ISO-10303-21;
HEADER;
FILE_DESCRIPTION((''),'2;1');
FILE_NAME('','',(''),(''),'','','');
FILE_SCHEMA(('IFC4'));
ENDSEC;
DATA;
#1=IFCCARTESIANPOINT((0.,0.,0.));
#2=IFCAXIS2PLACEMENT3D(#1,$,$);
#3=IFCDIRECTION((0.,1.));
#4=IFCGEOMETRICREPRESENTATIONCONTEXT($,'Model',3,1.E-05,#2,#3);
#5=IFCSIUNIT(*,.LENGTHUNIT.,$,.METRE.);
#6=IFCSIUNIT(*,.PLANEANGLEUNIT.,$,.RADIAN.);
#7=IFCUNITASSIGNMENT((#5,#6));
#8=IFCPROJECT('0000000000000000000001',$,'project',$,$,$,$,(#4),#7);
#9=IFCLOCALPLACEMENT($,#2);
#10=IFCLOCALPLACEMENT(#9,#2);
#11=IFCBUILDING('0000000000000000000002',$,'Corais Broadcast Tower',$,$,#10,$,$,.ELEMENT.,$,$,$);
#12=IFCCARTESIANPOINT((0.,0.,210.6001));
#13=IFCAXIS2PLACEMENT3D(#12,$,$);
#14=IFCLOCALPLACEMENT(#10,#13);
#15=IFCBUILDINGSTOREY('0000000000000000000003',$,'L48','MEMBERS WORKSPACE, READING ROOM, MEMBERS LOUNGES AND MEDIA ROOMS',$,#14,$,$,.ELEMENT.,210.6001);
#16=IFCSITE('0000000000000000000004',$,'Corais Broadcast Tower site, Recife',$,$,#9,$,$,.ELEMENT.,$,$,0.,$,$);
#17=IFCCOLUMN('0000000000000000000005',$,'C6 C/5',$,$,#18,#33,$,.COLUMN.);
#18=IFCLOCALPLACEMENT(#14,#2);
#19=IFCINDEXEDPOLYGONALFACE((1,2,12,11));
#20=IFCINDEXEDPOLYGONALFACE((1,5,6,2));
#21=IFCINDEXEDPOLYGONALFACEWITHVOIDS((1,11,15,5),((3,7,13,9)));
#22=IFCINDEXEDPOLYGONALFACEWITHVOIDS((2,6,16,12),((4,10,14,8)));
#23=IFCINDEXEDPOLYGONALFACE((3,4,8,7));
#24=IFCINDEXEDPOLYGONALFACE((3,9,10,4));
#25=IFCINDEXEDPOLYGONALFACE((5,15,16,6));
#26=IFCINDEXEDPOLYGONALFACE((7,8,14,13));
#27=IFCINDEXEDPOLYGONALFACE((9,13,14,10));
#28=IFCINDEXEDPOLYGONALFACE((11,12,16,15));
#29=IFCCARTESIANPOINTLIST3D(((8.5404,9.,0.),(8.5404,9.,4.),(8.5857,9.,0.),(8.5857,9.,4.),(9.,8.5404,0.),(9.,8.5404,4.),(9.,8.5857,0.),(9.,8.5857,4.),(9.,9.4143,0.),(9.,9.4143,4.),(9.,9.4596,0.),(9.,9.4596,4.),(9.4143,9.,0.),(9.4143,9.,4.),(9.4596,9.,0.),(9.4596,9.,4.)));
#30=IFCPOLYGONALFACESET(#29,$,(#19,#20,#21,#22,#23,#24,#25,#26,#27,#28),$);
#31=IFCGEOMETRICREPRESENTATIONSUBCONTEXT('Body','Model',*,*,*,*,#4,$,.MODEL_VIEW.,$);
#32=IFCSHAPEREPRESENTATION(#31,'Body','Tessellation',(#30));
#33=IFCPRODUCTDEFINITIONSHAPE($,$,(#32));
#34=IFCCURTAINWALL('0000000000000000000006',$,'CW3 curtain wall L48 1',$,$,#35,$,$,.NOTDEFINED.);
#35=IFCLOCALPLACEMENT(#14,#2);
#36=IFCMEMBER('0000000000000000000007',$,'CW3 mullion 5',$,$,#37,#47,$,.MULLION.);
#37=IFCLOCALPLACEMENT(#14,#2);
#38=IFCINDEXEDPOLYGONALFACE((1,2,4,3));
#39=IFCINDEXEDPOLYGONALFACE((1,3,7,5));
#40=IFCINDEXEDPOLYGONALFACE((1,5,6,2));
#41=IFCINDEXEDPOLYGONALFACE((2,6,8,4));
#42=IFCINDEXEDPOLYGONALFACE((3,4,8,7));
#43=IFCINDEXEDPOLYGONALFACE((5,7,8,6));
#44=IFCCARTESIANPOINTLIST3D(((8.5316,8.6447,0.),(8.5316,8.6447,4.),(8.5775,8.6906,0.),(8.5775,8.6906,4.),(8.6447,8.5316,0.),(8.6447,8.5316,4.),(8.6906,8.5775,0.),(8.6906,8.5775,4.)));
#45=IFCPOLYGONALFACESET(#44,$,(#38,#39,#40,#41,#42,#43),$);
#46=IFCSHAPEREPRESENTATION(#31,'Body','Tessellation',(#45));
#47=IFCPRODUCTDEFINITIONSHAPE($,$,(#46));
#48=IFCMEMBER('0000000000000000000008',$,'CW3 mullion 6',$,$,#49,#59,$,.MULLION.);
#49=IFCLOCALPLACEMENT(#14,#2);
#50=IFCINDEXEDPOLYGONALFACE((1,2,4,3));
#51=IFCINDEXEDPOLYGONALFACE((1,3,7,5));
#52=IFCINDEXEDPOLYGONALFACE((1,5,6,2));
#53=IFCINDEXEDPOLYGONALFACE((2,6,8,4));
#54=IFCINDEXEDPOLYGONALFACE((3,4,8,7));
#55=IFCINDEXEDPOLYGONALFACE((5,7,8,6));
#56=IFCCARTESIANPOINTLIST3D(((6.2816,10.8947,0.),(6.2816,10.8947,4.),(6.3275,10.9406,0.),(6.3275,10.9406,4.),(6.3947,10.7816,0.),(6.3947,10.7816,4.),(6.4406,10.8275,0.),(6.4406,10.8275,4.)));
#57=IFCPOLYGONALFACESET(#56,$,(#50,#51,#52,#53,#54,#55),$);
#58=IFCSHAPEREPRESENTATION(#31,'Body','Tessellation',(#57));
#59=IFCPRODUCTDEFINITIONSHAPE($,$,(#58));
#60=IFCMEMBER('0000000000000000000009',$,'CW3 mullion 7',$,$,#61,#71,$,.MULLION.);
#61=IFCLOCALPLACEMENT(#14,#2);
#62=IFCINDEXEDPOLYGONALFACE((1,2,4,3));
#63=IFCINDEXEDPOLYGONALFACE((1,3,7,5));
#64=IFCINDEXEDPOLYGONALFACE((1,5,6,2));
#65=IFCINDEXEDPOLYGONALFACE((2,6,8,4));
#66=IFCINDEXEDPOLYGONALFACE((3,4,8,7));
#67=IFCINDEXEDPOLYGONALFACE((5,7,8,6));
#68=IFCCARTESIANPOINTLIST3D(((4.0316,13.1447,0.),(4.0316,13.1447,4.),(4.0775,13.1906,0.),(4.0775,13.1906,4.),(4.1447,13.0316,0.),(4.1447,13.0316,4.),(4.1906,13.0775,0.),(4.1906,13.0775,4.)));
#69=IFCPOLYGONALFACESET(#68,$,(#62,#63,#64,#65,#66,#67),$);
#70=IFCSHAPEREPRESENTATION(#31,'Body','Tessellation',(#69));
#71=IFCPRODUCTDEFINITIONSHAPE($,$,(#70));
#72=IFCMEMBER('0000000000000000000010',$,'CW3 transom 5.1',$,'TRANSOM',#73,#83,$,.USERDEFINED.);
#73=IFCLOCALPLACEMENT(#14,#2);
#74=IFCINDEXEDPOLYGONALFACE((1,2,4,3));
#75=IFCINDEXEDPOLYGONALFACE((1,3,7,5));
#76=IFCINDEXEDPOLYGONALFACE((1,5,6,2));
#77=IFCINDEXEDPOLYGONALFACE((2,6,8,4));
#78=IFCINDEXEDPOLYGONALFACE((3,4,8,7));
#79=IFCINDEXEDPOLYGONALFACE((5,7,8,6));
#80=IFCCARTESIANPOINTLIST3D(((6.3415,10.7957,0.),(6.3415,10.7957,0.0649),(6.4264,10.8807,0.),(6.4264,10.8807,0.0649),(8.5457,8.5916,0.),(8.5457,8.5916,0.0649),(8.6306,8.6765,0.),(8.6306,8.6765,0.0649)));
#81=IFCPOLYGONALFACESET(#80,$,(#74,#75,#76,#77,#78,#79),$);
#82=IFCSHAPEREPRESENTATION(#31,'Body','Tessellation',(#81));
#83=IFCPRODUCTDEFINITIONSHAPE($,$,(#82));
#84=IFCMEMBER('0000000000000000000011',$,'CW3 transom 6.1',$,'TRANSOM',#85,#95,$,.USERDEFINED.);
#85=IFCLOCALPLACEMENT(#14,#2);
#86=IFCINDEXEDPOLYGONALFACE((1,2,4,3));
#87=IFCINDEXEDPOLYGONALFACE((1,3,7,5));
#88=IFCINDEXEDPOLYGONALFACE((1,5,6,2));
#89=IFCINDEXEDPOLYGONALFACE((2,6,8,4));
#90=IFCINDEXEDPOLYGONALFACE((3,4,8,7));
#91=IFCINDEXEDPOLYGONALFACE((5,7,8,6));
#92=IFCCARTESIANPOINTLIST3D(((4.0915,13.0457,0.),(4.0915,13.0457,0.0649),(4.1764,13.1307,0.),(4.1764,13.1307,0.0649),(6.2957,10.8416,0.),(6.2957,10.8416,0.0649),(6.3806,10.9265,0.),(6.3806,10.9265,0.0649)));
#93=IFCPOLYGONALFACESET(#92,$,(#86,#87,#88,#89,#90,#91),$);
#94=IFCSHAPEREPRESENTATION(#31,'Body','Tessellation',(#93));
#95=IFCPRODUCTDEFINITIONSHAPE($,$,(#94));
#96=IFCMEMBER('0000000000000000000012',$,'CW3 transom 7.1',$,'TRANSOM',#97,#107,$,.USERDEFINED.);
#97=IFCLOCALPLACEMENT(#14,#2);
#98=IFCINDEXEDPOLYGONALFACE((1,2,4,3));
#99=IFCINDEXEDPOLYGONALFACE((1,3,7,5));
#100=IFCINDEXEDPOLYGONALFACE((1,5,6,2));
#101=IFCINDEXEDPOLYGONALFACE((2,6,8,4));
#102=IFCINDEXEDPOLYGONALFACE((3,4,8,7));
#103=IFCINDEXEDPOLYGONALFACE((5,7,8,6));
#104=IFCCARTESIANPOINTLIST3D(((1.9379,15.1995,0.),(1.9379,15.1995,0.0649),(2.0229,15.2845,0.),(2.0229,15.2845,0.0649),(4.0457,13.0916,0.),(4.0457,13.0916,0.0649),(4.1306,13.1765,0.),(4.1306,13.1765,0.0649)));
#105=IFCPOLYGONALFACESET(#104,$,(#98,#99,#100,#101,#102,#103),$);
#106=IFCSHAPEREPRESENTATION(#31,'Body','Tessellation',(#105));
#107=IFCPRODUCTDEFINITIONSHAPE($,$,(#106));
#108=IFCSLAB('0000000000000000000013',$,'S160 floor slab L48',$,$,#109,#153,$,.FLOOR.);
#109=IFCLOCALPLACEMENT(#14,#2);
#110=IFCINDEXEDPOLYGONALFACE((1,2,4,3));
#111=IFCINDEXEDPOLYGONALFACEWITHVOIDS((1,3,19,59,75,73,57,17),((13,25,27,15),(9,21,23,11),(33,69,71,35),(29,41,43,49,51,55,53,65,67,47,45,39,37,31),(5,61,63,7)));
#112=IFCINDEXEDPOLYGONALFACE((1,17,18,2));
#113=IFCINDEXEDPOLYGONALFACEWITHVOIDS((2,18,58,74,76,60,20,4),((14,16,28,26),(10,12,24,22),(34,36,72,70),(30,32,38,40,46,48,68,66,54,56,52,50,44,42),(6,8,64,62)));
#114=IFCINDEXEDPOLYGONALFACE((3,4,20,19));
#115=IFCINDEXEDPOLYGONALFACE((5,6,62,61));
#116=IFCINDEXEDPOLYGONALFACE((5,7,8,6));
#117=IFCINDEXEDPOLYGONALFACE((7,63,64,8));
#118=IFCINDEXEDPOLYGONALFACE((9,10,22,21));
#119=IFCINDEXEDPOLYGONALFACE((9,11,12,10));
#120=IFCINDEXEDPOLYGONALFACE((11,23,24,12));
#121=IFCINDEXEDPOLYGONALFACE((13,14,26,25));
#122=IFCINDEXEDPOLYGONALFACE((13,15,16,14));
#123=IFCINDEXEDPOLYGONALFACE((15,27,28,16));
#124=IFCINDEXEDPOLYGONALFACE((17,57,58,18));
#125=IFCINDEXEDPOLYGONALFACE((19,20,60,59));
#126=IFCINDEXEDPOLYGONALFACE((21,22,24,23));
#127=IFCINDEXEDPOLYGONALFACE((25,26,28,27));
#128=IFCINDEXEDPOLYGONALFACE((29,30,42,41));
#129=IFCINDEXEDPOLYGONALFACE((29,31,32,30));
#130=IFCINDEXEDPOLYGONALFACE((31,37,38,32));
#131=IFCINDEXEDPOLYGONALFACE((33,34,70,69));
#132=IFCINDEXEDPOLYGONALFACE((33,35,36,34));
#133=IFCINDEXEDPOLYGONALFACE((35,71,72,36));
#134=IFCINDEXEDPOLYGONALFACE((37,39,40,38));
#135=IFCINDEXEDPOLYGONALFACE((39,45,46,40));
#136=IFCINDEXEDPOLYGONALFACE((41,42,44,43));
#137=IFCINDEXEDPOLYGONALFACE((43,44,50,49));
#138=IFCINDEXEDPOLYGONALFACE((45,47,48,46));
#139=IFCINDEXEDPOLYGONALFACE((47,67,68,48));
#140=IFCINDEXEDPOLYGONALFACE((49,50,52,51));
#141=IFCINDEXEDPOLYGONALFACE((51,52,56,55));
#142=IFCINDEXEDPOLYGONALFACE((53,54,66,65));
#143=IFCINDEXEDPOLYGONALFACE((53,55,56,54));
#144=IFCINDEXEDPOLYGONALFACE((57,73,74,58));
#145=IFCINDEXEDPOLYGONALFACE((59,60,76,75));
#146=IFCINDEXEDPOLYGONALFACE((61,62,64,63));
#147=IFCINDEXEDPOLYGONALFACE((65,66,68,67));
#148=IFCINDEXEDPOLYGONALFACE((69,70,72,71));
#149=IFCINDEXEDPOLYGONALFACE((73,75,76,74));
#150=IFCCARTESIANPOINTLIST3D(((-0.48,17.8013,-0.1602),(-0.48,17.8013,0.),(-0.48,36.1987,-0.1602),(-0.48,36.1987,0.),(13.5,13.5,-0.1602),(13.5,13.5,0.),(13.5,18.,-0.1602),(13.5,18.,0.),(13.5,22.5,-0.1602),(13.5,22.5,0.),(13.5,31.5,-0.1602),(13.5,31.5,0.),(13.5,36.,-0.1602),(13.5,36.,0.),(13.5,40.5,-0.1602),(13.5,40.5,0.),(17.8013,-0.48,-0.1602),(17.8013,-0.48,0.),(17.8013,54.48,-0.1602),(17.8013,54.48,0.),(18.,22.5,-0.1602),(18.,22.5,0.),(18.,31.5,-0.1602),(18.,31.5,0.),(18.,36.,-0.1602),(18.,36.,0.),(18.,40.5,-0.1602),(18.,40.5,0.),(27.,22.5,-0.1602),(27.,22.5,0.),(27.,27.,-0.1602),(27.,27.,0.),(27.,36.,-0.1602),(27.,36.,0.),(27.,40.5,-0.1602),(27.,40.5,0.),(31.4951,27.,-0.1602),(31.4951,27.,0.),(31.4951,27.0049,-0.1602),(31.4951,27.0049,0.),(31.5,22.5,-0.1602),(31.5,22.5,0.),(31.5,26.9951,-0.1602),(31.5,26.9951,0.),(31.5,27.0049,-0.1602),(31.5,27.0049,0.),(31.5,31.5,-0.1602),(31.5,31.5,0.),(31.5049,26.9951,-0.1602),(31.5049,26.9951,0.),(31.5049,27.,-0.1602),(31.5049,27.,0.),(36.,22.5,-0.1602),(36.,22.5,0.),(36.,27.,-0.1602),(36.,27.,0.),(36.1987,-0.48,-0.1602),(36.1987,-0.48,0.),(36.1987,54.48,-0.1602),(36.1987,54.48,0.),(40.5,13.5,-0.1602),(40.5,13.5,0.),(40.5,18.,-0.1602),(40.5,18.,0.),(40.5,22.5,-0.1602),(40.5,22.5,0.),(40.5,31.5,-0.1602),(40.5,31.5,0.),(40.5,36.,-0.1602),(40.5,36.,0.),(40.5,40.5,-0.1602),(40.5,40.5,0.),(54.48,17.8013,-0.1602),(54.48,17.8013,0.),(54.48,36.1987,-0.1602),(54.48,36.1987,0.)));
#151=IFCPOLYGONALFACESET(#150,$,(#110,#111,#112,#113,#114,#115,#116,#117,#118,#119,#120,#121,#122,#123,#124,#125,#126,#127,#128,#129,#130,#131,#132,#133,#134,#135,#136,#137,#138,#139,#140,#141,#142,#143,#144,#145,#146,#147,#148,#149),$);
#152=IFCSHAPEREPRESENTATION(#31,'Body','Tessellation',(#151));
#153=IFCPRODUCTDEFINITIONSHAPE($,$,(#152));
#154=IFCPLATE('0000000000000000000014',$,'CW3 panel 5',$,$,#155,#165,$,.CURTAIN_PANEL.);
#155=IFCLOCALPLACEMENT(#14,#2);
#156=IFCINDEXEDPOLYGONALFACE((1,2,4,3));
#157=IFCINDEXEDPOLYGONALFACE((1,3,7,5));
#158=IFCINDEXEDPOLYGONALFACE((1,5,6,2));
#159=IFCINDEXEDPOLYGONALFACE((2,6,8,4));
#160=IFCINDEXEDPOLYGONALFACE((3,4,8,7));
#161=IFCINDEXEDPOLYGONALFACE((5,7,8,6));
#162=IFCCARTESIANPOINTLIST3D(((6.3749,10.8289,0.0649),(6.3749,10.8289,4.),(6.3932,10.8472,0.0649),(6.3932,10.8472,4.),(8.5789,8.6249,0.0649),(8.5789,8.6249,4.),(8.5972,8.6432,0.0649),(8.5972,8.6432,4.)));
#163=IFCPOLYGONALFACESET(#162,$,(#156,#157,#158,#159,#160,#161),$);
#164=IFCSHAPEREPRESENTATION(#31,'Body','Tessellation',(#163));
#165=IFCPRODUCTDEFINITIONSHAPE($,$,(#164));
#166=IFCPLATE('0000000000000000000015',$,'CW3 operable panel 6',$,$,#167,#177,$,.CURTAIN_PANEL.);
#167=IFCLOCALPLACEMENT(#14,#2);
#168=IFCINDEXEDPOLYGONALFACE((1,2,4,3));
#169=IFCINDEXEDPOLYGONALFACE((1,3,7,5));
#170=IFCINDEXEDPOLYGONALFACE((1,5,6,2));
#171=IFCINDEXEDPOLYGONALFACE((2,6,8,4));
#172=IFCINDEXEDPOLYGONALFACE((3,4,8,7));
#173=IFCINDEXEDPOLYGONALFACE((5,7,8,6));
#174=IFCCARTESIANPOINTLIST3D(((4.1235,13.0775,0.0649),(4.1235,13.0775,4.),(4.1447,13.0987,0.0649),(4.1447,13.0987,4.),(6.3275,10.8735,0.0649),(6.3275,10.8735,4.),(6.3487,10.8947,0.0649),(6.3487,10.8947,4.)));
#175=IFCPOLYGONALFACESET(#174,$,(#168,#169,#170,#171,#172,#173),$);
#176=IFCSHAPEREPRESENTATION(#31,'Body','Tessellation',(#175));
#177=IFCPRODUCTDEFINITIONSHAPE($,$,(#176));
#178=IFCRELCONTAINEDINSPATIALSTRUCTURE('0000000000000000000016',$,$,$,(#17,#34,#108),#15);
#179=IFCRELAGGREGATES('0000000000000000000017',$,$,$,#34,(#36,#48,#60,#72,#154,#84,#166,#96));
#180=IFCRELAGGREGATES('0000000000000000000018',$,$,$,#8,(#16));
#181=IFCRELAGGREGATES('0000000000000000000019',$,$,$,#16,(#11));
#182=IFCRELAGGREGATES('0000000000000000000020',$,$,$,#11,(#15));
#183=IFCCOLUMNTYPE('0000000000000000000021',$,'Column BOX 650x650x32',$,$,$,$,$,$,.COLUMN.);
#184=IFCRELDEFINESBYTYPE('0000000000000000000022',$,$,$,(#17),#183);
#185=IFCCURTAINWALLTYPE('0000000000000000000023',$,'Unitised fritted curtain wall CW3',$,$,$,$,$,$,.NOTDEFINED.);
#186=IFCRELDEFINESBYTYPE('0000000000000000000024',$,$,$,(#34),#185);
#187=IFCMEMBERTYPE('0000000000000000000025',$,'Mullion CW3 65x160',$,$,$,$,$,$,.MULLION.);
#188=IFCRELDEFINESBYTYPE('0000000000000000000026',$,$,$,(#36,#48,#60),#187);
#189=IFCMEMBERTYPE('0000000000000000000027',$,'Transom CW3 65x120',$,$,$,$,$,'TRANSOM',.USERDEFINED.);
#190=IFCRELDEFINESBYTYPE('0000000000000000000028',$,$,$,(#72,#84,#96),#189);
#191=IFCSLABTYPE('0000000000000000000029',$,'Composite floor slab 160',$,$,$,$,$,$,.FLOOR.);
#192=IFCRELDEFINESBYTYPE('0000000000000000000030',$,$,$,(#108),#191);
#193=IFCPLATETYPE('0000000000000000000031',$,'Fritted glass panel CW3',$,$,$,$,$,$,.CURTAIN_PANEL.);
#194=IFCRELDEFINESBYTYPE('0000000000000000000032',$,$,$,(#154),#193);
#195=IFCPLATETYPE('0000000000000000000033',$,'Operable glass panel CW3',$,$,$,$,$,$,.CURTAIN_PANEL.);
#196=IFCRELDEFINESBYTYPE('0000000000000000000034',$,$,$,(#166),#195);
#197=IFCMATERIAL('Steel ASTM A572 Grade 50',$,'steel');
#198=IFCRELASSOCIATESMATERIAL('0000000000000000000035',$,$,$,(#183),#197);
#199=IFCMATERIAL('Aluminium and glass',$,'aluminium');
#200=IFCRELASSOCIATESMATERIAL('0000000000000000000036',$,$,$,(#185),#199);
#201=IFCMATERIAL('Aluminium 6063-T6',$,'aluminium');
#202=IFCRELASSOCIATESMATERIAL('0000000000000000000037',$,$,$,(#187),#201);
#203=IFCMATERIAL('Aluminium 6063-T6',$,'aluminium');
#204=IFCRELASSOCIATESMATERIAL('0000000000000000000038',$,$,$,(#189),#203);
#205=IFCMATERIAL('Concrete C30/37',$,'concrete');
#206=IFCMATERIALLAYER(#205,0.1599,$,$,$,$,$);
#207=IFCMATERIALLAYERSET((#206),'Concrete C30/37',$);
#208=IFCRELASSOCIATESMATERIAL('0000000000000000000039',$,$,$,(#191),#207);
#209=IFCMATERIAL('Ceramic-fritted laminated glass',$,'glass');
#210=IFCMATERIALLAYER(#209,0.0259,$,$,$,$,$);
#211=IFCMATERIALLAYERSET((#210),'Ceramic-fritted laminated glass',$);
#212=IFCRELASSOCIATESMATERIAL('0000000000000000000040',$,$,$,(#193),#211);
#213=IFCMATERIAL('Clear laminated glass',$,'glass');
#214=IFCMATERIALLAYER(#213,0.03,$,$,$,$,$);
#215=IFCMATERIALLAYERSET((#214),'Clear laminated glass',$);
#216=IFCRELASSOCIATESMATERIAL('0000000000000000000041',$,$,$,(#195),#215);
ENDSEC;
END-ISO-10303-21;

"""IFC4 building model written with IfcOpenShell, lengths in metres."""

from ifc_helpers import new_model, si_unit, direction, frame, origin, origin_2d, place, context, subcontext, project, spatial, polyline, rectangle, hollow_rectangle, outline, extrude, material, layer, layer_set, material_profile, profile_set, type_object, element, aggregate, save


model = new_model("IFC4")

# Units and contexts
model_context = context("Model", 3, precision=1e-05, world=origin(), true_north=direction((0.0, 1.0)))
body_context = subcontext(model_context, "Body", "Model", "MODEL_VIEW")
ifc_project = project(units=[si_unit("LENGTHUNIT", "METRE"), si_unit("PLANEANGLEUNIT", "RADIAN")], contexts=[model_context])

# Site, building, storey
site_placement = place(None, origin())
site = spatial("IfcSite", under=ifc_project, at=site_placement, Name="Corais Broadcast Tower site, Recife", CompositionType="ELEMENT", RefElevation=0.0)
building_placement = place(site_placement, origin())
building = spatial("IfcBuilding", under=site, at=building_placement, Name="Corais Broadcast Tower", CompositionType="ELEMENT")
storey_placement = place(building_placement, frame((0.0, 0.0, 210.6001)))
storey = spatial("IfcBuildingStorey", under=building, at=storey_placement, Name="L48", Description="MEMBERS WORKSPACE, READING ROOM, MEMBERS LOUNGES AND MEDIA ROOMS", CompositionType="ELEMENT", Elevation=210.6001)

# Column
ifc_material_1 = material(Name="Steel ASTM A572 Grade 50", Category="steel")
ifc_material_profile_1 = material_profile(ifc_material_1, hollow_rectangle(XDim=0.6499, YDim=0.6499, WallThickness=0.032, at=origin_2d()), Name="BOX 650x650x32")
ifc_profile_set_1 = profile_set([ifc_material_profile_1], Name="Steel ASTM A572 Grade 50")
column_type = type_object("IfcColumnType", Name="Column BOX 650x650x32", PredefinedType="COLUMN", material=ifc_profile_set_1)
column_placement = place(storey_placement, frame((9.0, 9.0, 0.0), z_axis=(0.0, 0.0, 1.0), x_axis=(0.707107, 0.707107, 0.0)))
element("IfcColumn", 1, at=column_placement, inside=storey, type_object=column_type, Name="C6 C/5", PredefinedType="COLUMN", context=body_context, shape_type="SweptSolid", body=[
    extrude(hollow_rectangle(XDim=0.6499, YDim=0.6499, WallThickness=0.032, at=origin_2d()), origin(), (0.0, 0.0, 1.0), 4.0),
])

# Curtain wall, members
ifc_material_2 = material(Name="Aluminium and glass", Category="aluminium")
curtain_wall_type = type_object("IfcCurtainWallType", Name="Unitised fritted curtain wall CW3", PredefinedType="NOTDEFINED", material=ifc_material_2)
curtain_wall_placement = place(storey_placement, origin())
curtain_wall = element("IfcCurtainWall", 2, at=curtain_wall_placement, inside=storey, type_object=curtain_wall_type, Name="CW3 curtain wall L48 1", PredefinedType="NOTDEFINED")
ifc_material_3 = material(Name="Aluminium 6063-T6", Category="aluminium")
ifc_material_profile_2 = material_profile(ifc_material_3, rectangle(XDim=0.0649, YDim=0.1599, at=origin_2d()), Name="Mullion CW3 65x160")
ifc_profile_set_2 = profile_set([ifc_material_profile_2], Name="Aluminium 6063-T6")
member_type_1 = type_object("IfcMemberType", Name="Mullion CW3 65x160", PredefinedType="MULLION", material=ifc_profile_set_2)
member_1_placement = place(storey_placement, frame((8.6111, 8.6111, 0.0), z_axis=(0.0, 0.0, 1.0), x_axis=(-0.707107, -0.707107, 0.0)))
member_1 = element("IfcMember", 3, at=member_1_placement, type_object=member_type_1, Name="CW3 mullion 5", PredefinedType="MULLION", context=body_context, shape_type="SweptSolid", body=[
    extrude(rectangle(XDim=0.0649, YDim=0.1599, at=origin_2d()), origin(), (0.0, 0.0, 1.0), 4.0),
])
member_2_placement = place(storey_placement, frame((6.3611, 10.8611, 0.0), z_axis=(0.0, 0.0, 1.0), x_axis=(-0.707107, -0.707107, 0.0)))
member_2 = element("IfcMember", 4, at=member_2_placement, type_object=member_type_1, Name="CW3 mullion 6", PredefinedType="MULLION", context=body_context, shape_type="SweptSolid", body=[
    extrude(rectangle(XDim=0.0649, YDim=0.1599, at=origin_2d()), origin(), (0.0, 0.0, 1.0), 4.0),
])
member_3_placement = place(storey_placement, frame((4.1111, 13.1111, 0.0), z_axis=(0.0, 0.0, 1.0), x_axis=(-0.707107, -0.707107, 0.0)))
member_3 = element("IfcMember", 5, at=member_3_placement, type_object=member_type_1, Name="CW3 mullion 7", PredefinedType="MULLION", context=body_context, shape_type="SweptSolid", body=[
    extrude(rectangle(XDim=0.0649, YDim=0.1599, at=origin_2d()), origin(), (0.0, 0.0, 1.0), 4.0),
])
ifc_material_4 = material(Name="Aluminium 6063-T6", Category="aluminium")
ifc_material_profile_3 = material_profile(ifc_material_4, rectangle(XDim=0.1201, YDim=0.0649, at=origin_2d()), Name="Transom CW3 65x120")
ifc_profile_set_3 = profile_set([ifc_material_profile_3], Name="Aluminium 6063-T6")
member_type_2 = type_object("IfcMemberType", Name="Transom CW3 65x120", ElementType="TRANSOM", PredefinedType="USERDEFINED", material=ifc_profile_set_3)
member_4_placement = place(storey_placement, frame((8.5881, 8.634, 0.0325), z_axis=(-0.707107, 0.707107, 0.0), x_axis=(-0.707107, -0.707107, 0.0)))
member_4 = element("IfcMember", 6, at=member_4_placement, type_object=member_type_2, Name="CW3 transom 5.1", ObjectType="TRANSOM", PredefinedType="USERDEFINED", context=body_context, shape_type="SweptSolid", body=[
    extrude(rectangle(XDim=0.1201, YDim=0.0649, at=origin_2d()), origin(), (0.0, 0.0, 1.0), 3.1172),
])
member_5_placement = place(storey_placement, frame((6.3381, 10.884, 0.0325), z_axis=(-0.707107, 0.707107, 0.0), x_axis=(-0.707107, -0.707107, 0.0)))
member_5 = element("IfcMember", 7, at=member_5_placement, type_object=member_type_2, Name="CW3 transom 6.1", ObjectType="TRANSOM", PredefinedType="USERDEFINED", context=body_context, shape_type="SweptSolid", body=[
    extrude(rectangle(XDim=0.1201, YDim=0.0649, at=origin_2d()), origin(), (0.0, 0.0, 1.0), 3.1172),
])
member_6_placement = place(storey_placement, frame((4.0881, 13.134, 0.0325), z_axis=(-0.707066, 0.707148, 0.0), x_axis=(-0.707148, -0.707066, 0.0)))
member_6 = element("IfcMember", 8, at=member_6_placement, type_object=member_type_2, Name="CW3 transom 7.1", ObjectType="TRANSOM", PredefinedType="USERDEFINED", context=body_context, shape_type="SweptSolid", body=[
    extrude(rectangle(XDim=0.1201, YDim=0.0649, at=origin_2d()), origin(), (0.0, 0.0, 1.0), 2.981),
])

# Slab
ifc_material_5 = material(Name="Concrete C30/37", Category="concrete")
ifc_layer_1 = layer(ifc_material_5, 0.1599)
ifc_layer_set_1 = layer_set([ifc_layer_1], Name="Concrete C30/37")
slab_type_1 = type_object("IfcSlabType", Name="Composite floor slab 160", PredefinedType="FLOOR", material=ifc_layer_set_1)
slab_1_placement = place(storey_placement, frame((0.0, 0.0, -0.1602)))
element("IfcSlab", 9, at=slab_1_placement, inside=storey, type_object=slab_type_1, Name="S160 floor slab L48", PredefinedType="FLOOR", context=body_context, shape_type="SweptSolid", body=[
    extrude(outline(polyline([(17.8013, -0.48), (-0.48, 17.8013), (-0.48, 36.1987), (17.8013, 54.48), (36.1987, 54.48), (54.48, 36.1987), (54.48, 17.8013), (36.1987, -0.48), (17.8013, -0.48)]), holes=[polyline([(13.5, 18.0), (40.5, 18.0), (40.5, 13.5), (13.5, 13.5), (13.5, 18.0)]), polyline([(18.0, 22.5), (13.5, 22.5), (13.5, 31.5), (18.0, 31.5), (18.0, 22.5)]), polyline([(18.0, 36.0), (13.5, 36.0), (13.5, 40.5), (18.0, 40.5), (18.0, 36.0)]), polyline([(31.5, 22.5), (27.0, 22.5), (27.0, 27.0), (31.4951, 27.0), (31.4951, 27.0049), (31.5, 27.0049), (31.5, 31.5), (40.5, 31.5), (40.5, 22.5), (36.0, 22.5), (36.0, 27.0), (31.5049, 27.0), (31.5049, 26.9951), (31.5, 26.9951), (31.5, 22.5)]), polyline([(27.0, 40.5), (40.5, 40.5), (40.5, 36.0), (27.0, 36.0), (27.0, 40.5)])]), origin(), (0.0, 0.0, 1.0), 0.1602),
])

# Plates
ifc_material_6 = material(Name="Ceramic-fritted laminated glass", Category="glass")
ifc_layer_2 = layer(ifc_material_6, 0.0259)
ifc_layer_set_2 = layer_set([ifc_layer_2], Name="Ceramic-fritted laminated glass")
plate_type_1 = type_object("IfcPlateType", Name="Fritted glass panel CW3", PredefinedType="CURTAIN_PANEL", material=ifc_layer_set_2)
plate_1_placement = place(storey_placement, frame((7.4861, 9.7361, 0.0649), z_axis=(0.0, 0.0, 1.0), x_axis=(-0.707107, 0.707107, 0.0)))
plate_1 = element("IfcPlate", 10, at=plate_1_placement, type_object=plate_type_1, Name="CW3 panel 5", PredefinedType="CURTAIN_PANEL", context=body_context, shape_type="SweptSolid", body=[
    extrude(rectangle(XDim=3.1169, YDim=0.0259, at=origin_2d()), origin(), (0.0, 0.0, 1.0), 3.9351),
])
ifc_material_7 = material(Name="Clear laminated glass", Category="glass")
ifc_layer_3 = layer(ifc_material_7, 0.03)
ifc_layer_set_3 = layer_set([ifc_layer_3], Name="Clear laminated glass")
plate_type_2 = type_object("IfcPlateType", Name="Operable glass panel CW3", PredefinedType="CURTAIN_PANEL", material=ifc_layer_set_3)
plate_2_placement = place(storey_placement, frame((5.2361, 11.9861, 0.0649), z_axis=(0.0, 0.0, 1.0), x_axis=(-0.707107, 0.707107, 0.0)))
plate_2 = element("IfcPlate", 11, at=plate_2_placement, type_object=plate_type_2, Name="CW3 operable panel 6", PredefinedType="CURTAIN_PANEL", context=body_context, shape_type="SweptSolid", body=[
    extrude(rectangle(XDim=3.1169, YDim=0.03, at=origin_2d()), origin(), (0.0, 0.0, 1.0), 3.9351),
])
aggregate(curtain_wall, [member_1, member_2, member_3, member_4, plate_1, member_5, plate_2, member_6])

save(model, "model.ifc")
